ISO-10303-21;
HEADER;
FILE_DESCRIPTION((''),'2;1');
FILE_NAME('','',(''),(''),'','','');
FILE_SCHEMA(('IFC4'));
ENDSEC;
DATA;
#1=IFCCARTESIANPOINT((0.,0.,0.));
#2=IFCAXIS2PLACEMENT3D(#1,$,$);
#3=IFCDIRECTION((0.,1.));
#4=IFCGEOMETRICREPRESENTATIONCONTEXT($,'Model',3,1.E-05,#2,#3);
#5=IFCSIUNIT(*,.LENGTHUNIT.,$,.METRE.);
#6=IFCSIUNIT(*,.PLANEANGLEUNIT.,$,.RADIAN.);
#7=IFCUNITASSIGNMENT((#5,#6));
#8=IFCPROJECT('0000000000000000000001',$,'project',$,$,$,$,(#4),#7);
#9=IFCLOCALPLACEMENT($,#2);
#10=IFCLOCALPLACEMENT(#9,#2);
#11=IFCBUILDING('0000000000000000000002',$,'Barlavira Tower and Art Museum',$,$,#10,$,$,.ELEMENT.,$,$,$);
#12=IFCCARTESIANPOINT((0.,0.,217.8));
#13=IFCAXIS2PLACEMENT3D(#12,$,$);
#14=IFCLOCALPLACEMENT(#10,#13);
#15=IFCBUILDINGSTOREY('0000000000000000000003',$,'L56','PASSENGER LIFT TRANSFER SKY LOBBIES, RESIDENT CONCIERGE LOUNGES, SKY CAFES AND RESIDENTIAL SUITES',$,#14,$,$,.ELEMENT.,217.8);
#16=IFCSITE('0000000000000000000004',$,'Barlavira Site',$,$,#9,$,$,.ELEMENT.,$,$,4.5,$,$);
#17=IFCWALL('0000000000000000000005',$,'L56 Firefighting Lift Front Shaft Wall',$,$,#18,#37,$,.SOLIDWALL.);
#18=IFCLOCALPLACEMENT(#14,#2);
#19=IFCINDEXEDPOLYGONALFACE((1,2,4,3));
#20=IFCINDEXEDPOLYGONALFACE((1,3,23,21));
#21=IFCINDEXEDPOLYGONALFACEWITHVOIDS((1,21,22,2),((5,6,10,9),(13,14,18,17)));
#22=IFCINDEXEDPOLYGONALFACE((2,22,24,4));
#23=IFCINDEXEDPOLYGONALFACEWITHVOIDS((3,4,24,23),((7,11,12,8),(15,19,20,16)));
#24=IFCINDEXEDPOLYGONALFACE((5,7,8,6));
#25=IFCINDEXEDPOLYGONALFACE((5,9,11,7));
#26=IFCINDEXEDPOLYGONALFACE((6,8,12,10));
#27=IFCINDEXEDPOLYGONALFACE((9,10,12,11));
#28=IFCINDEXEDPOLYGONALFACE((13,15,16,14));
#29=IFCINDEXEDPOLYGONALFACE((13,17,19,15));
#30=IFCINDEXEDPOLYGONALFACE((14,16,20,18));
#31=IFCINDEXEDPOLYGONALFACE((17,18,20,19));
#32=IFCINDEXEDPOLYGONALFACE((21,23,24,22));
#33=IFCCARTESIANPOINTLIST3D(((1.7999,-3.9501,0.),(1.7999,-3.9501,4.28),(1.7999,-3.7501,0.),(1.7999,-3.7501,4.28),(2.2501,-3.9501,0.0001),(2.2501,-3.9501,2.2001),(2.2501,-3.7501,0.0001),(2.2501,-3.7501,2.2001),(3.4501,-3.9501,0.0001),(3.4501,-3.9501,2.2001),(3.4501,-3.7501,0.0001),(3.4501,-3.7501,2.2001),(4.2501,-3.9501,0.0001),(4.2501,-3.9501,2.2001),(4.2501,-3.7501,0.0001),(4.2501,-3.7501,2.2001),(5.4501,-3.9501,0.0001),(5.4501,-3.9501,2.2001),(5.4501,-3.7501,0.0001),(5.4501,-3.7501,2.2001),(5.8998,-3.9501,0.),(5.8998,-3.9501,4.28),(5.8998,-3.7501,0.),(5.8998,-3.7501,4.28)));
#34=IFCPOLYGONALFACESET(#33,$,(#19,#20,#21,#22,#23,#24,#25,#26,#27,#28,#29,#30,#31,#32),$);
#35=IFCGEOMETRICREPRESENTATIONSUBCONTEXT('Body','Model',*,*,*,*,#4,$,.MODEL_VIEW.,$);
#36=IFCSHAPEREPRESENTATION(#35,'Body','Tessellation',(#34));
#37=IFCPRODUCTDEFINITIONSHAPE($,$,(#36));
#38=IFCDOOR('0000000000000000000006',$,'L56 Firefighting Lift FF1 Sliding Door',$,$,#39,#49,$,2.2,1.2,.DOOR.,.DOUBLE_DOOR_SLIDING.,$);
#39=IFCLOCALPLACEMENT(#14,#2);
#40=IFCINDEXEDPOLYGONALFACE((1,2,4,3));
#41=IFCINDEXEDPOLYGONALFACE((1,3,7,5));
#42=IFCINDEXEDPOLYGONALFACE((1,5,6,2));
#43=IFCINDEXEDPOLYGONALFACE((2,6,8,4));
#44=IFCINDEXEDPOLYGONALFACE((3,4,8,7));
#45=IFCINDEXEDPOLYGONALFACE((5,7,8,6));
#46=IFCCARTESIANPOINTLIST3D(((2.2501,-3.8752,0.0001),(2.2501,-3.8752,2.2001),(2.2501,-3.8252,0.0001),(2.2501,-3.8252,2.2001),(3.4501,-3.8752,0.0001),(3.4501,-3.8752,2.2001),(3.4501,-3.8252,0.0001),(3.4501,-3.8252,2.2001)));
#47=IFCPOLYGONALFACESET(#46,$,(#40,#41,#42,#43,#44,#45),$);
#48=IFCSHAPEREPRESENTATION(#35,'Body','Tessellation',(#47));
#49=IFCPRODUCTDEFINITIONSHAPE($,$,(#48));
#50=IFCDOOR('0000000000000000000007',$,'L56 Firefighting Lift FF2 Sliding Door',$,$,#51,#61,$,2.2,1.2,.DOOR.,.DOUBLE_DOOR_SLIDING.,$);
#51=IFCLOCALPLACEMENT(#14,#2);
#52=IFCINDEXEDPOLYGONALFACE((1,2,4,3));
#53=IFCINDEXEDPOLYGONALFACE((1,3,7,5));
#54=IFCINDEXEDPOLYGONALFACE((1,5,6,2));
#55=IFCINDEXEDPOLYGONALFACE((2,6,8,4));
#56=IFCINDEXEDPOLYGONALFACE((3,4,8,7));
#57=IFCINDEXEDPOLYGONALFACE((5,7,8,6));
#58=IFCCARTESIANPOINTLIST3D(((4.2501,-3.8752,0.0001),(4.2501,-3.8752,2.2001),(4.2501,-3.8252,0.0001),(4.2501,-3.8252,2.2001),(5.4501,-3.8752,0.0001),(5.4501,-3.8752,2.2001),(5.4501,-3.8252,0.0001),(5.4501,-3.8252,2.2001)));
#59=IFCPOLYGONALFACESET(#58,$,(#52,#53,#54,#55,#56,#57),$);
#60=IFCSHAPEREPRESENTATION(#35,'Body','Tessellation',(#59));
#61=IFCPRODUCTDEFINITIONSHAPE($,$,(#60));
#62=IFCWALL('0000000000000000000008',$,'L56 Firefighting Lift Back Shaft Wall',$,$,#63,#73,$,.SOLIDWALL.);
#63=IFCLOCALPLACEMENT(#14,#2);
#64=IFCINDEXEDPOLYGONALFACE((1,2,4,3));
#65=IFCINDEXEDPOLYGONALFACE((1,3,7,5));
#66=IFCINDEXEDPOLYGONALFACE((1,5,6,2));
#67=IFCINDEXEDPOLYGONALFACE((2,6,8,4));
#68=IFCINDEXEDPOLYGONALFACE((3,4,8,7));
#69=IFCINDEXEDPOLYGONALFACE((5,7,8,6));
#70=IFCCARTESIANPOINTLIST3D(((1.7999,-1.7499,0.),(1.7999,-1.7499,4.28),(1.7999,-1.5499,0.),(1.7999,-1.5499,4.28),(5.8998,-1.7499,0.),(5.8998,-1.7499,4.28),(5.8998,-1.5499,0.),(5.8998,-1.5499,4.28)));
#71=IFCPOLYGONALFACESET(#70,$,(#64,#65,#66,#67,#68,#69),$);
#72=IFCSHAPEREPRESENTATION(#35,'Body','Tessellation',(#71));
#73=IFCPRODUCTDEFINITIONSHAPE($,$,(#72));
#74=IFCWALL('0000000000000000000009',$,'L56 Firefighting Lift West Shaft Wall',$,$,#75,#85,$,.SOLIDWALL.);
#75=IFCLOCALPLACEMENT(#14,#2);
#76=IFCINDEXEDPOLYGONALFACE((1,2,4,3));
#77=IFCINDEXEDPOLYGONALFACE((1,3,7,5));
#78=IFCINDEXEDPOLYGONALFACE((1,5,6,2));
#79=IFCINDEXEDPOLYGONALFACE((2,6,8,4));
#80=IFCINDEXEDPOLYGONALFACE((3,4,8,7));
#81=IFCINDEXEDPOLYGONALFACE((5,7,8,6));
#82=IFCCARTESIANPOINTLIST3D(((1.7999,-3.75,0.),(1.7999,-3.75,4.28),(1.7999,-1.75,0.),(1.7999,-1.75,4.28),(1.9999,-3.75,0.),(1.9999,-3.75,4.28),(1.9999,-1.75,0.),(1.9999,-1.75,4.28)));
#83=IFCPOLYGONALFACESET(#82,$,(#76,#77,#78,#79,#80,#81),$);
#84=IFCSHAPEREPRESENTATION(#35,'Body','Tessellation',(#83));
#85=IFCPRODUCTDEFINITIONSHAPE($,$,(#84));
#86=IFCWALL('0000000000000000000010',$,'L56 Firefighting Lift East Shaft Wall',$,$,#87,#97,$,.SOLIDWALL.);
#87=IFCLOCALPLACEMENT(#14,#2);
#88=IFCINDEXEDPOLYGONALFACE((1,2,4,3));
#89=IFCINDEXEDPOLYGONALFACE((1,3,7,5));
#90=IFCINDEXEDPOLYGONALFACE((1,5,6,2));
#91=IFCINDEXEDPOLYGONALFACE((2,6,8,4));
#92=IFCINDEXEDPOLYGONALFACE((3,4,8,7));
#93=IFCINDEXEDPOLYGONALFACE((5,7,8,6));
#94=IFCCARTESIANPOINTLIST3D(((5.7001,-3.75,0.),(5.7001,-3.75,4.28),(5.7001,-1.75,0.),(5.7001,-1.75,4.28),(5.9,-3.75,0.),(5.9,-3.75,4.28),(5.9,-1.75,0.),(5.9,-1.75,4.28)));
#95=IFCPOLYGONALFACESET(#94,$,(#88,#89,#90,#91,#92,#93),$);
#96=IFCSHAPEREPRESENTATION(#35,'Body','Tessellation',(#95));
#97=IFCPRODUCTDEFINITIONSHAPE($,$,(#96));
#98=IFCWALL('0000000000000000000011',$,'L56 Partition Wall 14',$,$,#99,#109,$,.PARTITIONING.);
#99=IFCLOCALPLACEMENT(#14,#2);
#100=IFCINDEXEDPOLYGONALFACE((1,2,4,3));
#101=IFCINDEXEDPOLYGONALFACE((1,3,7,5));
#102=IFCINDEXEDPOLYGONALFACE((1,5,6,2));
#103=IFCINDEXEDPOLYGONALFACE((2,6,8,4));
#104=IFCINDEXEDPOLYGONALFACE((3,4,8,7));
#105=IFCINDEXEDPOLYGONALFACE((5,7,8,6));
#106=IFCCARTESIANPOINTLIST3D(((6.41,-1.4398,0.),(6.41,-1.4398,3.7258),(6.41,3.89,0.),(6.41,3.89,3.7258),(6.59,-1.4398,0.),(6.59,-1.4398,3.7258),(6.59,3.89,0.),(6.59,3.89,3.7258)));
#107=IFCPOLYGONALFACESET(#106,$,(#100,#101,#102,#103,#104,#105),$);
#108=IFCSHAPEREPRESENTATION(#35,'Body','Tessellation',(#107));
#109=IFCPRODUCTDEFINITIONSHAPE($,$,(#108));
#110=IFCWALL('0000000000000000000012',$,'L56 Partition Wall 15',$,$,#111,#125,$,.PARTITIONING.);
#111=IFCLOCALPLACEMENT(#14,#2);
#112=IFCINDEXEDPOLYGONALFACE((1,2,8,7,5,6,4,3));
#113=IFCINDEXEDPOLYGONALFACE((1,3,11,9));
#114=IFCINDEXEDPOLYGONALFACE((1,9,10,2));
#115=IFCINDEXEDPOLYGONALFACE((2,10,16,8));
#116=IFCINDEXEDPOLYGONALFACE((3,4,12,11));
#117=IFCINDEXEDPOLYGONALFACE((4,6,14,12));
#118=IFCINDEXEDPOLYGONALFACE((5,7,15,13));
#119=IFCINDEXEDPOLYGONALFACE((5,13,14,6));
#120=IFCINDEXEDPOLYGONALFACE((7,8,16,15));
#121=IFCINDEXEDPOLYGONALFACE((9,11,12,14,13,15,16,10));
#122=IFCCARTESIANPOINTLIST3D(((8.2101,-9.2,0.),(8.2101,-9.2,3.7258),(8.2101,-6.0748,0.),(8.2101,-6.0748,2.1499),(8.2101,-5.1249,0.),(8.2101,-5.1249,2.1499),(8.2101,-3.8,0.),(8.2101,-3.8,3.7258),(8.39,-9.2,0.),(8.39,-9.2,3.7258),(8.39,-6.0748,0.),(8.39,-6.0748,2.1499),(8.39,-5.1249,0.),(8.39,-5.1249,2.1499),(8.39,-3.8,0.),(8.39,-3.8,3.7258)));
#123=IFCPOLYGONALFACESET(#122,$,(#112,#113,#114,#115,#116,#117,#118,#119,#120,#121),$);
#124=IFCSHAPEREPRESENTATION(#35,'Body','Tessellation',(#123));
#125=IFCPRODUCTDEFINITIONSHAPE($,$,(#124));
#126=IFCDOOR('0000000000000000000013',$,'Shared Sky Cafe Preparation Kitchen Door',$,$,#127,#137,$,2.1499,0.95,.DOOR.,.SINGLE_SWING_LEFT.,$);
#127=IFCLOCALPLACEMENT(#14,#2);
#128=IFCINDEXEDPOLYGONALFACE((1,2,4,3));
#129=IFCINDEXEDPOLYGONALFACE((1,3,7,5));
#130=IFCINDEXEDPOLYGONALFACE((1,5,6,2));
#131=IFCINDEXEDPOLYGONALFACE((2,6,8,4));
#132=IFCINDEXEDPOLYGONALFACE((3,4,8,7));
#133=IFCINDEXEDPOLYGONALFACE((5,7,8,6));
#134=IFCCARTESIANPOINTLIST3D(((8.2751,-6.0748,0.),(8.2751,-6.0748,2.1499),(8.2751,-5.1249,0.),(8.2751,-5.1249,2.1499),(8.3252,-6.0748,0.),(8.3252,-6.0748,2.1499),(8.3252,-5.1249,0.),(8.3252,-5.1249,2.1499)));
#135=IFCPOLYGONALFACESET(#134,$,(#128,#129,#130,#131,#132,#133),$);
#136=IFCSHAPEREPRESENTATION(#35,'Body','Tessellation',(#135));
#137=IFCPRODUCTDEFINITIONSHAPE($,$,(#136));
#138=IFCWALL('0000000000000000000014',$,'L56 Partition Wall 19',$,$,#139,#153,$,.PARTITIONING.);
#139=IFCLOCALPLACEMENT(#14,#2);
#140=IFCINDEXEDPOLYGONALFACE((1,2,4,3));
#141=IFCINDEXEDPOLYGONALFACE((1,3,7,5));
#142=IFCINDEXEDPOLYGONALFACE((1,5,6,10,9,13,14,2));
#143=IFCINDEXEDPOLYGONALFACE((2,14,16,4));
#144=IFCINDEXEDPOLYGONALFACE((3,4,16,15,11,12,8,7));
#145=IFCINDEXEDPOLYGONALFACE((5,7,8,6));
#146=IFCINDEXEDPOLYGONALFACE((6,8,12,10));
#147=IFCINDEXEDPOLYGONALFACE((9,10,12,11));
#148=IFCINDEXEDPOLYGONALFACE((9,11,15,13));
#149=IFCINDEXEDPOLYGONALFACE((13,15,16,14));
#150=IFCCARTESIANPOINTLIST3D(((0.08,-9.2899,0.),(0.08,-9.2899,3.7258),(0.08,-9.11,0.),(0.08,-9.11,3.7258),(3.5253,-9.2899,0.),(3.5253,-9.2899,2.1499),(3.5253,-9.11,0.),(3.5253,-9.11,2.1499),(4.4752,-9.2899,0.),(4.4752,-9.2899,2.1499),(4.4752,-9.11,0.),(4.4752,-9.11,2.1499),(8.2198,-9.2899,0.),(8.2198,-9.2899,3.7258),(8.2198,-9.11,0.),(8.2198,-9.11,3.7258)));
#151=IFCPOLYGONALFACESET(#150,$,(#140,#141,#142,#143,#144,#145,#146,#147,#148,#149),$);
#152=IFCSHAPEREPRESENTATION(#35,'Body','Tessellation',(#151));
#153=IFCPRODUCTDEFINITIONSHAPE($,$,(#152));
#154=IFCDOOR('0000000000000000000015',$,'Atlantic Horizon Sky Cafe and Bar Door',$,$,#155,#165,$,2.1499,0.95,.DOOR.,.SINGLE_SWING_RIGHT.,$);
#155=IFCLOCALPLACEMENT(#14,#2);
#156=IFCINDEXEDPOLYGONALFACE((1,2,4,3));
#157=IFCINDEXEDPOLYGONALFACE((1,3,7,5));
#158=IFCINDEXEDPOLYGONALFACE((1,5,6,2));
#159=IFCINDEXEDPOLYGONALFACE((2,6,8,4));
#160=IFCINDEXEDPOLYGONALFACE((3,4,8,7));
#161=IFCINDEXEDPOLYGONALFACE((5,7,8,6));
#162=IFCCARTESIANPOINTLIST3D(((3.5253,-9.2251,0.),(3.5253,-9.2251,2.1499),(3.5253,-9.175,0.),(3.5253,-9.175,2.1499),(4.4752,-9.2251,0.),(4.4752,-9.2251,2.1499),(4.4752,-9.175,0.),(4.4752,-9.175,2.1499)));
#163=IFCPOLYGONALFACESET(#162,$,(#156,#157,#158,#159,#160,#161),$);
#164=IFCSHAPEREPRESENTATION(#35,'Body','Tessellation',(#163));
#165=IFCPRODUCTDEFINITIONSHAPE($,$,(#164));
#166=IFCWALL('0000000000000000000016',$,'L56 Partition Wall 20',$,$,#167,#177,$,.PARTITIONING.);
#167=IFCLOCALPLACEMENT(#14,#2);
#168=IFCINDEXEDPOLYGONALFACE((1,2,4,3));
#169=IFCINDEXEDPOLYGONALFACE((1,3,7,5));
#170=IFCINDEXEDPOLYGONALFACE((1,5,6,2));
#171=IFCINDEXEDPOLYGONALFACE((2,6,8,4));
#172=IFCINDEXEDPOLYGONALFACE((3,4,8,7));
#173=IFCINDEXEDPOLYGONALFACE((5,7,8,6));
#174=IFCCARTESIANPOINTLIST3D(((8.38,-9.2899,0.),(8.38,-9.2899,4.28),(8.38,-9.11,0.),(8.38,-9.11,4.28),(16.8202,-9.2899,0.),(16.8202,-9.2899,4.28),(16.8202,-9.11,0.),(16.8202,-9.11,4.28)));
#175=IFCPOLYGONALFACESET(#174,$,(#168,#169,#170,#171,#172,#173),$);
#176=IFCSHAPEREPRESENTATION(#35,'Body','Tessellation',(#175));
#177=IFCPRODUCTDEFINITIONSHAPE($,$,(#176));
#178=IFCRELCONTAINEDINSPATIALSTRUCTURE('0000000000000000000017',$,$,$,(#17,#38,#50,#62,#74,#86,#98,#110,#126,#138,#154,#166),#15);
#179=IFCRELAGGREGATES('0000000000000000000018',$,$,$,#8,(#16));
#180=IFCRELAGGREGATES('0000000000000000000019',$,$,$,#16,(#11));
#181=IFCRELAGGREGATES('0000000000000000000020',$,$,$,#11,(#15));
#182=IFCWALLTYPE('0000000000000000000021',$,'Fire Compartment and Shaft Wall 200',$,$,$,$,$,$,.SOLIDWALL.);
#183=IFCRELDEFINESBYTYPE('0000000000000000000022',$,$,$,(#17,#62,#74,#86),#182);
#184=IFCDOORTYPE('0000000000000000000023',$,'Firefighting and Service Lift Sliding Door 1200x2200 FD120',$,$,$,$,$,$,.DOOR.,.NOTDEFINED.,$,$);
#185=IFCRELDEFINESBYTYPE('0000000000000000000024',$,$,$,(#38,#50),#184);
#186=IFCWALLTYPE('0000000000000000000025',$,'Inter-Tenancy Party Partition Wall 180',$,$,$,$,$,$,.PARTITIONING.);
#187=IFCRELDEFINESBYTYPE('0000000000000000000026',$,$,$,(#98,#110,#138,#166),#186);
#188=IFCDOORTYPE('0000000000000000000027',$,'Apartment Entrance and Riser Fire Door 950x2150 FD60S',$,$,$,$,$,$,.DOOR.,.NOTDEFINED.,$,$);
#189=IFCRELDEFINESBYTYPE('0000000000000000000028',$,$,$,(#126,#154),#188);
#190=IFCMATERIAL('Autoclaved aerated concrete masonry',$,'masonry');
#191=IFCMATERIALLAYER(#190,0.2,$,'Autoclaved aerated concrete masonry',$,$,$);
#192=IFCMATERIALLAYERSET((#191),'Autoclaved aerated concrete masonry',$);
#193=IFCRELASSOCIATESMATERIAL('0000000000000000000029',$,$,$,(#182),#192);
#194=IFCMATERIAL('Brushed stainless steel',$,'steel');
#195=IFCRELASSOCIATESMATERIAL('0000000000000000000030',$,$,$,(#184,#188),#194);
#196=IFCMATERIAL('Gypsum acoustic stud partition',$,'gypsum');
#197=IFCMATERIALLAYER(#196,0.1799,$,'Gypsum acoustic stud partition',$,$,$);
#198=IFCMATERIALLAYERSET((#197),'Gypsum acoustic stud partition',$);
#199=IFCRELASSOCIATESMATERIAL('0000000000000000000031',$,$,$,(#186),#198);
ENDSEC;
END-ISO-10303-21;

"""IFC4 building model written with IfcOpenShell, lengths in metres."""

from ifc_helpers import new_model, si_unit, direction, frame, frame_2d, origin, place, context, subcontext, project, spatial, rectangle, extrude, material, layer, layer_set, type_object, element, fill, save


model = new_model("IFC4")

# Units and contexts
model_context = context("Model", 3, precision=1e-05, world=origin(), true_north=direction((0.0, 1.0)))
body_context = subcontext(model_context, "Body", "Model", "MODEL_VIEW")
ifc_project = project(units=[si_unit("LENGTHUNIT", "METRE"), si_unit("PLANEANGLEUNIT", "RADIAN")], contexts=[model_context])

# Site, building, storey
site_placement = place(None, origin())
site = spatial("IfcSite", under=ifc_project, at=site_placement, Name="Barlavira Site", CompositionType="ELEMENT", RefElevation=4.5)
building_placement = place(site_placement, origin())
building = spatial("IfcBuilding", under=site, at=building_placement, Name="Barlavira Tower and Art Museum", CompositionType="ELEMENT")
storey_placement = place(building_placement, frame((0.0, 0.0, 217.8)))
storey = spatial("IfcBuildingStorey", under=building, at=storey_placement, Name="L56", Description="PASSENGER LIFT TRANSFER SKY LOBBIES, RESIDENT CONCIERGE LOUNGES, SKY CAFES AND RESIDENTIAL SUITES", CompositionType="ELEMENT", Elevation=217.8)

# Shared definitions
ifc_material_1 = material(Name="Brushed stainless steel", Category="steel")

# Wall, openings, doors
ifc_material_2 = material(Name="Autoclaved aerated concrete masonry", Category="masonry")
ifc_layer_1 = layer(ifc_material_2, 0.2, Name="Autoclaved aerated concrete masonry")
ifc_layer_set_1 = layer_set([ifc_layer_1], Name="Autoclaved aerated concrete masonry")
wall_type_1 = type_object("IfcWallType", Name="Fire Compartment and Shaft Wall 200", PredefinedType="SOLIDWALL", material=ifc_layer_set_1)
wall_1_placement = place(storey_placement, frame((1.8, -3.8501, 0.0), z_axis=(0.0, 0.0, 1.0), x_axis=(1.0, 0.0, 0.0)))
wall_1 = element("IfcWall", 1, at=wall_1_placement, inside=storey, type_object=wall_type_1, Name="L56 Firefighting Lift Front Shaft Wall", PredefinedType="SOLIDWALL", context=body_context, shape_type="SweptSolid", body=[
    extrude(rectangle(XDim=4.0999, YDim=0.2, at=frame_2d((2.0498, 0.0))), origin(), (0.0, 0.0, 1.0), 4.28),
])
opening_1_placement = place(wall_1_placement, frame((0.45, 0.0, 0.0)))
opening_1 = element("IfcOpeningElement", 2, at=opening_1_placement, cuts=wall_1, PredefinedType="OPENING", context=body_context, shape_type="SweptSolid", body=[
    extrude(rectangle(XDim=1.2, YDim=2.2, at=frame_2d((0.6001, 1.1001))), frame((0.0, 0.1099, 0.0), z_axis=(0.0, -1.0, 0.0), x_axis=(1.0, 0.0, 0.0)), (0.0, 0.0, 1.0), 0.22),
])
opening_2_placement = place(wall_1_placement, frame((2.45, 0.0, 0.0)))
opening_2 = element("IfcOpeningElement", 3, at=opening_2_placement, cuts=wall_1, PredefinedType="OPENING", context=body_context, shape_type="SweptSolid", body=[
    extrude(rectangle(XDim=1.2, YDim=2.2, at=frame_2d((0.6001, 1.1001))), frame((0.0, 0.1099, 0.0), z_axis=(0.0, -1.0, 0.0), x_axis=(1.0, 0.0, 0.0)), (0.0, 0.0, 1.0), 0.22),
])
door_type_1 = type_object("IfcDoorType", Name="Firefighting and Service Lift Sliding Door 1200x2200 FD120", OperationType="NOTDEFINED", PredefinedType="DOOR", material=ifc_material_1)
door_1_placement = place(opening_1_placement, origin())
door_1 = element("IfcDoor", 4, at=door_1_placement, inside=storey, type_object=door_type_1, Name="L56 Firefighting Lift FF1 Sliding Door", OperationType="DOUBLE_DOOR_SLIDING", OverallHeight=2.2, OverallWidth=1.2, PredefinedType="DOOR", context=body_context, shape_type="SweptSolid", body=[
    extrude(rectangle(XDim=1.2, YDim=2.2, at=frame_2d((0.6001, 1.1001))), frame((0.0, 0.0249, 0.0), z_axis=(0.0, -1.0, 0.0), x_axis=(1.0, 0.0, 0.0)), (0.0, 0.0, 1.0), 0.05),
])
fill(opening_1, door_1)
door_2_placement = place(opening_2_placement, origin())
door_2 = element("IfcDoor", 5, at=door_2_placement, inside=storey, type_object=door_type_1, Name="L56 Firefighting Lift FF2 Sliding Door", OperationType="DOUBLE_DOOR_SLIDING", OverallHeight=2.2, OverallWidth=1.2, PredefinedType="DOOR", context=body_context, shape_type="SweptSolid", body=[
    extrude(rectangle(XDim=1.2, YDim=2.2, at=frame_2d((0.6001, 1.1001))), frame((0.0, 0.0249, 0.0), z_axis=(0.0, -1.0, 0.0), x_axis=(1.0, 0.0, 0.0)), (0.0, 0.0, 1.0), 0.05),
])
fill(opening_2, door_2)

# Walls
wall_2_placement = place(storey_placement, frame((1.8, -1.6499, 0.0), z_axis=(0.0, 0.0, 1.0), x_axis=(1.0, 0.0, 0.0)))
element("IfcWall", 6, at=wall_2_placement, inside=storey, type_object=wall_type_1, Name="L56 Firefighting Lift Back Shaft Wall", PredefinedType="SOLIDWALL", context=body_context, shape_type="SweptSolid", body=[
    extrude(rectangle(XDim=4.0999, YDim=0.2, at=frame_2d((2.0498, 0.0))), origin(), (0.0, 0.0, 1.0), 4.28),
])
for number, where, z_axis, x_axis, name in (
    (7, (1.8999, -3.75, 0.0), (0.0, 0.0, 1.0), (0.0, 1.0, 0.0), "L56 Firefighting Lift West Shaft Wall"),
    (8, (5.8, -3.75, 0.0), (0.0, 0.0, 1.0), (0.0, 1.0, 0.0), "L56 Firefighting Lift East Shaft Wall"),
):
    element("IfcWall", number, at=place(storey_placement, frame(where, z_axis=z_axis, x_axis=x_axis)), inside=storey, type_object=wall_type_1, Name=name, PredefinedType="SOLIDWALL", context=body_context, shape_type="SweptSolid", body=[
        extrude(rectangle(XDim=2.0, YDim=0.2, at=frame_2d((1.0, 0.0))), origin(), (0.0, 0.0, 1.0), 4.28),
    ])
ifc_material_3 = material(Name="Gypsum acoustic stud partition", Category="gypsum")
ifc_layer_2 = layer(ifc_material_3, 0.1799, Name="Gypsum acoustic stud partition")
ifc_layer_set_2 = layer_set([ifc_layer_2], Name="Gypsum acoustic stud partition")
wall_type_2 = type_object("IfcWallType", Name="Inter-Tenancy Party Partition Wall 180", PredefinedType="PARTITIONING", material=ifc_layer_set_2)
wall_3_placement = place(storey_placement, frame((6.5, -1.4399, 0.0), z_axis=(0.0, 0.0, 1.0), x_axis=(0.0, 1.0, 0.0)))
element("IfcWall", 9, at=wall_3_placement, inside=storey, type_object=wall_type_2, Name="L56 Partition Wall 14", PredefinedType="PARTITIONING", context=body_context, shape_type="SweptSolid", body=[
    extrude(rectangle(XDim=5.3298, YDim=0.1799, at=frame_2d((2.665, 0.0))), origin(), (0.0, 0.0, 1.0), 3.7258),
])

# Walls, openings, doors
wall_4_placement = place(storey_placement, frame((8.3, -9.2, 0.0), z_axis=(0.0, 0.0, 1.0), x_axis=(0.0, 1.0, 0.0)))
wall_4 = element("IfcWall", 10, at=wall_4_placement, inside=storey, type_object=wall_type_2, Name="L56 Partition Wall 15", PredefinedType="PARTITIONING", context=body_context, shape_type="SweptSolid", body=[
    extrude(rectangle(XDim=5.3999, YDim=0.1799, at=frame_2d((2.7, 0.0))), origin(), (0.0, 0.0, 1.0), 3.7258),
])
opening_3_placement = place(wall_4_placement, frame((3.125, 0.0, 0.0)))
opening_3 = element("IfcOpeningElement", 11, at=opening_3_placement, cuts=wall_4, PredefinedType="OPENING", context=body_context, shape_type="SweptSolid", body=[
    extrude(rectangle(XDim=0.95, YDim=2.1499, at=frame_2d((0.4751, 1.075))), frame((0.0, 0.1001, 0.0), z_axis=(0.0, -1.0, 0.0), x_axis=(1.0, 0.0, 0.0)), (0.0, 0.0, 1.0), 0.2),
])
door_type_2 = type_object("IfcDoorType", Name="Apartment Entrance and Riser Fire Door 950x2150 FD60S", OperationType="NOTDEFINED", PredefinedType="DOOR", material=ifc_material_1)
door_3_placement = place(opening_3_placement, origin())
door_3 = element("IfcDoor", 12, at=door_3_placement, inside=storey, type_object=door_type_2, Name="Shared Sky Cafe Preparation Kitchen Door", OperationType="SINGLE_SWING_LEFT", OverallHeight=2.1499, OverallWidth=0.95, PredefinedType="DOOR", context=body_context, shape_type="SweptSolid", body=[
    extrude(rectangle(XDim=0.95, YDim=2.1499, at=frame_2d((0.4751, 1.075))), frame((0.0, 0.0249, 0.0), z_axis=(0.0, -1.0, 0.0), x_axis=(1.0, 0.0, 0.0)), (0.0, 0.0, 1.0), 0.05),
])
fill(opening_3, door_3)
wall_5_placement = place(storey_placement, frame((0.0801, -9.2, 0.0), z_axis=(0.0, 0.0, 1.0), x_axis=(1.0, 0.0, 0.0)))
wall_5 = element("IfcWall", 13, at=wall_5_placement, inside=storey, type_object=wall_type_2, Name="L56 Partition Wall 19", PredefinedType="PARTITIONING", context=body_context, shape_type="SweptSolid", body=[
    extrude(rectangle(XDim=8.1399, YDim=0.1799, at=frame_2d((4.0698, 0.0))), origin(), (0.0, 0.0, 1.0), 3.7258),
])
opening_4_placement = place(wall_5_placement, frame((3.4451, 0.0, 0.0)))
opening_4 = element("IfcOpeningElement", 14, at=opening_4_placement, cuts=wall_5, PredefinedType="OPENING", context=body_context, shape_type="SweptSolid", body=[
    extrude(rectangle(XDim=0.95, YDim=2.1499, at=frame_2d((0.4751, 1.075))), frame((0.0, 0.1001, 0.0), z_axis=(0.0, -1.0, 0.0), x_axis=(1.0, 0.0, 0.0)), (0.0, 0.0, 1.0), 0.2),
])
door_4_placement = place(opening_4_placement, origin())
door_4 = element("IfcDoor", 15, at=door_4_placement, inside=storey, type_object=door_type_2, Name="Atlantic Horizon Sky Cafe and Bar Door", OperationType="SINGLE_SWING_RIGHT", OverallHeight=2.1499, OverallWidth=0.95, PredefinedType="DOOR", context=body_context, shape_type="SweptSolid", body=[
    extrude(rectangle(XDim=0.95, YDim=2.1499, at=frame_2d((0.4751, 1.075))), frame((0.0, 0.0249, 0.0), z_axis=(0.0, -1.0, 0.0), x_axis=(1.0, 0.0, 0.0)), (0.0, 0.0, 1.0), 0.05),
])
fill(opening_4, door_4)

# Wall
wall_6_placement = place(storey_placement, frame((8.3799, -9.2, 0.0), z_axis=(0.0, 0.0, 1.0), x_axis=(1.0, 0.0, 0.0)))
element("IfcWall", 16, at=wall_6_placement, inside=storey, type_object=wall_type_2, Name="L56 Partition Wall 20", PredefinedType="PARTITIONING", context=body_context, shape_type="SweptSolid", body=[
    extrude(rectangle(XDim=8.4402, YDim=0.1799, at=frame_2d((4.2202, 0.0))), origin(), (0.0, 0.0, 1.0), 4.28),
])

save(model, "model.ifc")
